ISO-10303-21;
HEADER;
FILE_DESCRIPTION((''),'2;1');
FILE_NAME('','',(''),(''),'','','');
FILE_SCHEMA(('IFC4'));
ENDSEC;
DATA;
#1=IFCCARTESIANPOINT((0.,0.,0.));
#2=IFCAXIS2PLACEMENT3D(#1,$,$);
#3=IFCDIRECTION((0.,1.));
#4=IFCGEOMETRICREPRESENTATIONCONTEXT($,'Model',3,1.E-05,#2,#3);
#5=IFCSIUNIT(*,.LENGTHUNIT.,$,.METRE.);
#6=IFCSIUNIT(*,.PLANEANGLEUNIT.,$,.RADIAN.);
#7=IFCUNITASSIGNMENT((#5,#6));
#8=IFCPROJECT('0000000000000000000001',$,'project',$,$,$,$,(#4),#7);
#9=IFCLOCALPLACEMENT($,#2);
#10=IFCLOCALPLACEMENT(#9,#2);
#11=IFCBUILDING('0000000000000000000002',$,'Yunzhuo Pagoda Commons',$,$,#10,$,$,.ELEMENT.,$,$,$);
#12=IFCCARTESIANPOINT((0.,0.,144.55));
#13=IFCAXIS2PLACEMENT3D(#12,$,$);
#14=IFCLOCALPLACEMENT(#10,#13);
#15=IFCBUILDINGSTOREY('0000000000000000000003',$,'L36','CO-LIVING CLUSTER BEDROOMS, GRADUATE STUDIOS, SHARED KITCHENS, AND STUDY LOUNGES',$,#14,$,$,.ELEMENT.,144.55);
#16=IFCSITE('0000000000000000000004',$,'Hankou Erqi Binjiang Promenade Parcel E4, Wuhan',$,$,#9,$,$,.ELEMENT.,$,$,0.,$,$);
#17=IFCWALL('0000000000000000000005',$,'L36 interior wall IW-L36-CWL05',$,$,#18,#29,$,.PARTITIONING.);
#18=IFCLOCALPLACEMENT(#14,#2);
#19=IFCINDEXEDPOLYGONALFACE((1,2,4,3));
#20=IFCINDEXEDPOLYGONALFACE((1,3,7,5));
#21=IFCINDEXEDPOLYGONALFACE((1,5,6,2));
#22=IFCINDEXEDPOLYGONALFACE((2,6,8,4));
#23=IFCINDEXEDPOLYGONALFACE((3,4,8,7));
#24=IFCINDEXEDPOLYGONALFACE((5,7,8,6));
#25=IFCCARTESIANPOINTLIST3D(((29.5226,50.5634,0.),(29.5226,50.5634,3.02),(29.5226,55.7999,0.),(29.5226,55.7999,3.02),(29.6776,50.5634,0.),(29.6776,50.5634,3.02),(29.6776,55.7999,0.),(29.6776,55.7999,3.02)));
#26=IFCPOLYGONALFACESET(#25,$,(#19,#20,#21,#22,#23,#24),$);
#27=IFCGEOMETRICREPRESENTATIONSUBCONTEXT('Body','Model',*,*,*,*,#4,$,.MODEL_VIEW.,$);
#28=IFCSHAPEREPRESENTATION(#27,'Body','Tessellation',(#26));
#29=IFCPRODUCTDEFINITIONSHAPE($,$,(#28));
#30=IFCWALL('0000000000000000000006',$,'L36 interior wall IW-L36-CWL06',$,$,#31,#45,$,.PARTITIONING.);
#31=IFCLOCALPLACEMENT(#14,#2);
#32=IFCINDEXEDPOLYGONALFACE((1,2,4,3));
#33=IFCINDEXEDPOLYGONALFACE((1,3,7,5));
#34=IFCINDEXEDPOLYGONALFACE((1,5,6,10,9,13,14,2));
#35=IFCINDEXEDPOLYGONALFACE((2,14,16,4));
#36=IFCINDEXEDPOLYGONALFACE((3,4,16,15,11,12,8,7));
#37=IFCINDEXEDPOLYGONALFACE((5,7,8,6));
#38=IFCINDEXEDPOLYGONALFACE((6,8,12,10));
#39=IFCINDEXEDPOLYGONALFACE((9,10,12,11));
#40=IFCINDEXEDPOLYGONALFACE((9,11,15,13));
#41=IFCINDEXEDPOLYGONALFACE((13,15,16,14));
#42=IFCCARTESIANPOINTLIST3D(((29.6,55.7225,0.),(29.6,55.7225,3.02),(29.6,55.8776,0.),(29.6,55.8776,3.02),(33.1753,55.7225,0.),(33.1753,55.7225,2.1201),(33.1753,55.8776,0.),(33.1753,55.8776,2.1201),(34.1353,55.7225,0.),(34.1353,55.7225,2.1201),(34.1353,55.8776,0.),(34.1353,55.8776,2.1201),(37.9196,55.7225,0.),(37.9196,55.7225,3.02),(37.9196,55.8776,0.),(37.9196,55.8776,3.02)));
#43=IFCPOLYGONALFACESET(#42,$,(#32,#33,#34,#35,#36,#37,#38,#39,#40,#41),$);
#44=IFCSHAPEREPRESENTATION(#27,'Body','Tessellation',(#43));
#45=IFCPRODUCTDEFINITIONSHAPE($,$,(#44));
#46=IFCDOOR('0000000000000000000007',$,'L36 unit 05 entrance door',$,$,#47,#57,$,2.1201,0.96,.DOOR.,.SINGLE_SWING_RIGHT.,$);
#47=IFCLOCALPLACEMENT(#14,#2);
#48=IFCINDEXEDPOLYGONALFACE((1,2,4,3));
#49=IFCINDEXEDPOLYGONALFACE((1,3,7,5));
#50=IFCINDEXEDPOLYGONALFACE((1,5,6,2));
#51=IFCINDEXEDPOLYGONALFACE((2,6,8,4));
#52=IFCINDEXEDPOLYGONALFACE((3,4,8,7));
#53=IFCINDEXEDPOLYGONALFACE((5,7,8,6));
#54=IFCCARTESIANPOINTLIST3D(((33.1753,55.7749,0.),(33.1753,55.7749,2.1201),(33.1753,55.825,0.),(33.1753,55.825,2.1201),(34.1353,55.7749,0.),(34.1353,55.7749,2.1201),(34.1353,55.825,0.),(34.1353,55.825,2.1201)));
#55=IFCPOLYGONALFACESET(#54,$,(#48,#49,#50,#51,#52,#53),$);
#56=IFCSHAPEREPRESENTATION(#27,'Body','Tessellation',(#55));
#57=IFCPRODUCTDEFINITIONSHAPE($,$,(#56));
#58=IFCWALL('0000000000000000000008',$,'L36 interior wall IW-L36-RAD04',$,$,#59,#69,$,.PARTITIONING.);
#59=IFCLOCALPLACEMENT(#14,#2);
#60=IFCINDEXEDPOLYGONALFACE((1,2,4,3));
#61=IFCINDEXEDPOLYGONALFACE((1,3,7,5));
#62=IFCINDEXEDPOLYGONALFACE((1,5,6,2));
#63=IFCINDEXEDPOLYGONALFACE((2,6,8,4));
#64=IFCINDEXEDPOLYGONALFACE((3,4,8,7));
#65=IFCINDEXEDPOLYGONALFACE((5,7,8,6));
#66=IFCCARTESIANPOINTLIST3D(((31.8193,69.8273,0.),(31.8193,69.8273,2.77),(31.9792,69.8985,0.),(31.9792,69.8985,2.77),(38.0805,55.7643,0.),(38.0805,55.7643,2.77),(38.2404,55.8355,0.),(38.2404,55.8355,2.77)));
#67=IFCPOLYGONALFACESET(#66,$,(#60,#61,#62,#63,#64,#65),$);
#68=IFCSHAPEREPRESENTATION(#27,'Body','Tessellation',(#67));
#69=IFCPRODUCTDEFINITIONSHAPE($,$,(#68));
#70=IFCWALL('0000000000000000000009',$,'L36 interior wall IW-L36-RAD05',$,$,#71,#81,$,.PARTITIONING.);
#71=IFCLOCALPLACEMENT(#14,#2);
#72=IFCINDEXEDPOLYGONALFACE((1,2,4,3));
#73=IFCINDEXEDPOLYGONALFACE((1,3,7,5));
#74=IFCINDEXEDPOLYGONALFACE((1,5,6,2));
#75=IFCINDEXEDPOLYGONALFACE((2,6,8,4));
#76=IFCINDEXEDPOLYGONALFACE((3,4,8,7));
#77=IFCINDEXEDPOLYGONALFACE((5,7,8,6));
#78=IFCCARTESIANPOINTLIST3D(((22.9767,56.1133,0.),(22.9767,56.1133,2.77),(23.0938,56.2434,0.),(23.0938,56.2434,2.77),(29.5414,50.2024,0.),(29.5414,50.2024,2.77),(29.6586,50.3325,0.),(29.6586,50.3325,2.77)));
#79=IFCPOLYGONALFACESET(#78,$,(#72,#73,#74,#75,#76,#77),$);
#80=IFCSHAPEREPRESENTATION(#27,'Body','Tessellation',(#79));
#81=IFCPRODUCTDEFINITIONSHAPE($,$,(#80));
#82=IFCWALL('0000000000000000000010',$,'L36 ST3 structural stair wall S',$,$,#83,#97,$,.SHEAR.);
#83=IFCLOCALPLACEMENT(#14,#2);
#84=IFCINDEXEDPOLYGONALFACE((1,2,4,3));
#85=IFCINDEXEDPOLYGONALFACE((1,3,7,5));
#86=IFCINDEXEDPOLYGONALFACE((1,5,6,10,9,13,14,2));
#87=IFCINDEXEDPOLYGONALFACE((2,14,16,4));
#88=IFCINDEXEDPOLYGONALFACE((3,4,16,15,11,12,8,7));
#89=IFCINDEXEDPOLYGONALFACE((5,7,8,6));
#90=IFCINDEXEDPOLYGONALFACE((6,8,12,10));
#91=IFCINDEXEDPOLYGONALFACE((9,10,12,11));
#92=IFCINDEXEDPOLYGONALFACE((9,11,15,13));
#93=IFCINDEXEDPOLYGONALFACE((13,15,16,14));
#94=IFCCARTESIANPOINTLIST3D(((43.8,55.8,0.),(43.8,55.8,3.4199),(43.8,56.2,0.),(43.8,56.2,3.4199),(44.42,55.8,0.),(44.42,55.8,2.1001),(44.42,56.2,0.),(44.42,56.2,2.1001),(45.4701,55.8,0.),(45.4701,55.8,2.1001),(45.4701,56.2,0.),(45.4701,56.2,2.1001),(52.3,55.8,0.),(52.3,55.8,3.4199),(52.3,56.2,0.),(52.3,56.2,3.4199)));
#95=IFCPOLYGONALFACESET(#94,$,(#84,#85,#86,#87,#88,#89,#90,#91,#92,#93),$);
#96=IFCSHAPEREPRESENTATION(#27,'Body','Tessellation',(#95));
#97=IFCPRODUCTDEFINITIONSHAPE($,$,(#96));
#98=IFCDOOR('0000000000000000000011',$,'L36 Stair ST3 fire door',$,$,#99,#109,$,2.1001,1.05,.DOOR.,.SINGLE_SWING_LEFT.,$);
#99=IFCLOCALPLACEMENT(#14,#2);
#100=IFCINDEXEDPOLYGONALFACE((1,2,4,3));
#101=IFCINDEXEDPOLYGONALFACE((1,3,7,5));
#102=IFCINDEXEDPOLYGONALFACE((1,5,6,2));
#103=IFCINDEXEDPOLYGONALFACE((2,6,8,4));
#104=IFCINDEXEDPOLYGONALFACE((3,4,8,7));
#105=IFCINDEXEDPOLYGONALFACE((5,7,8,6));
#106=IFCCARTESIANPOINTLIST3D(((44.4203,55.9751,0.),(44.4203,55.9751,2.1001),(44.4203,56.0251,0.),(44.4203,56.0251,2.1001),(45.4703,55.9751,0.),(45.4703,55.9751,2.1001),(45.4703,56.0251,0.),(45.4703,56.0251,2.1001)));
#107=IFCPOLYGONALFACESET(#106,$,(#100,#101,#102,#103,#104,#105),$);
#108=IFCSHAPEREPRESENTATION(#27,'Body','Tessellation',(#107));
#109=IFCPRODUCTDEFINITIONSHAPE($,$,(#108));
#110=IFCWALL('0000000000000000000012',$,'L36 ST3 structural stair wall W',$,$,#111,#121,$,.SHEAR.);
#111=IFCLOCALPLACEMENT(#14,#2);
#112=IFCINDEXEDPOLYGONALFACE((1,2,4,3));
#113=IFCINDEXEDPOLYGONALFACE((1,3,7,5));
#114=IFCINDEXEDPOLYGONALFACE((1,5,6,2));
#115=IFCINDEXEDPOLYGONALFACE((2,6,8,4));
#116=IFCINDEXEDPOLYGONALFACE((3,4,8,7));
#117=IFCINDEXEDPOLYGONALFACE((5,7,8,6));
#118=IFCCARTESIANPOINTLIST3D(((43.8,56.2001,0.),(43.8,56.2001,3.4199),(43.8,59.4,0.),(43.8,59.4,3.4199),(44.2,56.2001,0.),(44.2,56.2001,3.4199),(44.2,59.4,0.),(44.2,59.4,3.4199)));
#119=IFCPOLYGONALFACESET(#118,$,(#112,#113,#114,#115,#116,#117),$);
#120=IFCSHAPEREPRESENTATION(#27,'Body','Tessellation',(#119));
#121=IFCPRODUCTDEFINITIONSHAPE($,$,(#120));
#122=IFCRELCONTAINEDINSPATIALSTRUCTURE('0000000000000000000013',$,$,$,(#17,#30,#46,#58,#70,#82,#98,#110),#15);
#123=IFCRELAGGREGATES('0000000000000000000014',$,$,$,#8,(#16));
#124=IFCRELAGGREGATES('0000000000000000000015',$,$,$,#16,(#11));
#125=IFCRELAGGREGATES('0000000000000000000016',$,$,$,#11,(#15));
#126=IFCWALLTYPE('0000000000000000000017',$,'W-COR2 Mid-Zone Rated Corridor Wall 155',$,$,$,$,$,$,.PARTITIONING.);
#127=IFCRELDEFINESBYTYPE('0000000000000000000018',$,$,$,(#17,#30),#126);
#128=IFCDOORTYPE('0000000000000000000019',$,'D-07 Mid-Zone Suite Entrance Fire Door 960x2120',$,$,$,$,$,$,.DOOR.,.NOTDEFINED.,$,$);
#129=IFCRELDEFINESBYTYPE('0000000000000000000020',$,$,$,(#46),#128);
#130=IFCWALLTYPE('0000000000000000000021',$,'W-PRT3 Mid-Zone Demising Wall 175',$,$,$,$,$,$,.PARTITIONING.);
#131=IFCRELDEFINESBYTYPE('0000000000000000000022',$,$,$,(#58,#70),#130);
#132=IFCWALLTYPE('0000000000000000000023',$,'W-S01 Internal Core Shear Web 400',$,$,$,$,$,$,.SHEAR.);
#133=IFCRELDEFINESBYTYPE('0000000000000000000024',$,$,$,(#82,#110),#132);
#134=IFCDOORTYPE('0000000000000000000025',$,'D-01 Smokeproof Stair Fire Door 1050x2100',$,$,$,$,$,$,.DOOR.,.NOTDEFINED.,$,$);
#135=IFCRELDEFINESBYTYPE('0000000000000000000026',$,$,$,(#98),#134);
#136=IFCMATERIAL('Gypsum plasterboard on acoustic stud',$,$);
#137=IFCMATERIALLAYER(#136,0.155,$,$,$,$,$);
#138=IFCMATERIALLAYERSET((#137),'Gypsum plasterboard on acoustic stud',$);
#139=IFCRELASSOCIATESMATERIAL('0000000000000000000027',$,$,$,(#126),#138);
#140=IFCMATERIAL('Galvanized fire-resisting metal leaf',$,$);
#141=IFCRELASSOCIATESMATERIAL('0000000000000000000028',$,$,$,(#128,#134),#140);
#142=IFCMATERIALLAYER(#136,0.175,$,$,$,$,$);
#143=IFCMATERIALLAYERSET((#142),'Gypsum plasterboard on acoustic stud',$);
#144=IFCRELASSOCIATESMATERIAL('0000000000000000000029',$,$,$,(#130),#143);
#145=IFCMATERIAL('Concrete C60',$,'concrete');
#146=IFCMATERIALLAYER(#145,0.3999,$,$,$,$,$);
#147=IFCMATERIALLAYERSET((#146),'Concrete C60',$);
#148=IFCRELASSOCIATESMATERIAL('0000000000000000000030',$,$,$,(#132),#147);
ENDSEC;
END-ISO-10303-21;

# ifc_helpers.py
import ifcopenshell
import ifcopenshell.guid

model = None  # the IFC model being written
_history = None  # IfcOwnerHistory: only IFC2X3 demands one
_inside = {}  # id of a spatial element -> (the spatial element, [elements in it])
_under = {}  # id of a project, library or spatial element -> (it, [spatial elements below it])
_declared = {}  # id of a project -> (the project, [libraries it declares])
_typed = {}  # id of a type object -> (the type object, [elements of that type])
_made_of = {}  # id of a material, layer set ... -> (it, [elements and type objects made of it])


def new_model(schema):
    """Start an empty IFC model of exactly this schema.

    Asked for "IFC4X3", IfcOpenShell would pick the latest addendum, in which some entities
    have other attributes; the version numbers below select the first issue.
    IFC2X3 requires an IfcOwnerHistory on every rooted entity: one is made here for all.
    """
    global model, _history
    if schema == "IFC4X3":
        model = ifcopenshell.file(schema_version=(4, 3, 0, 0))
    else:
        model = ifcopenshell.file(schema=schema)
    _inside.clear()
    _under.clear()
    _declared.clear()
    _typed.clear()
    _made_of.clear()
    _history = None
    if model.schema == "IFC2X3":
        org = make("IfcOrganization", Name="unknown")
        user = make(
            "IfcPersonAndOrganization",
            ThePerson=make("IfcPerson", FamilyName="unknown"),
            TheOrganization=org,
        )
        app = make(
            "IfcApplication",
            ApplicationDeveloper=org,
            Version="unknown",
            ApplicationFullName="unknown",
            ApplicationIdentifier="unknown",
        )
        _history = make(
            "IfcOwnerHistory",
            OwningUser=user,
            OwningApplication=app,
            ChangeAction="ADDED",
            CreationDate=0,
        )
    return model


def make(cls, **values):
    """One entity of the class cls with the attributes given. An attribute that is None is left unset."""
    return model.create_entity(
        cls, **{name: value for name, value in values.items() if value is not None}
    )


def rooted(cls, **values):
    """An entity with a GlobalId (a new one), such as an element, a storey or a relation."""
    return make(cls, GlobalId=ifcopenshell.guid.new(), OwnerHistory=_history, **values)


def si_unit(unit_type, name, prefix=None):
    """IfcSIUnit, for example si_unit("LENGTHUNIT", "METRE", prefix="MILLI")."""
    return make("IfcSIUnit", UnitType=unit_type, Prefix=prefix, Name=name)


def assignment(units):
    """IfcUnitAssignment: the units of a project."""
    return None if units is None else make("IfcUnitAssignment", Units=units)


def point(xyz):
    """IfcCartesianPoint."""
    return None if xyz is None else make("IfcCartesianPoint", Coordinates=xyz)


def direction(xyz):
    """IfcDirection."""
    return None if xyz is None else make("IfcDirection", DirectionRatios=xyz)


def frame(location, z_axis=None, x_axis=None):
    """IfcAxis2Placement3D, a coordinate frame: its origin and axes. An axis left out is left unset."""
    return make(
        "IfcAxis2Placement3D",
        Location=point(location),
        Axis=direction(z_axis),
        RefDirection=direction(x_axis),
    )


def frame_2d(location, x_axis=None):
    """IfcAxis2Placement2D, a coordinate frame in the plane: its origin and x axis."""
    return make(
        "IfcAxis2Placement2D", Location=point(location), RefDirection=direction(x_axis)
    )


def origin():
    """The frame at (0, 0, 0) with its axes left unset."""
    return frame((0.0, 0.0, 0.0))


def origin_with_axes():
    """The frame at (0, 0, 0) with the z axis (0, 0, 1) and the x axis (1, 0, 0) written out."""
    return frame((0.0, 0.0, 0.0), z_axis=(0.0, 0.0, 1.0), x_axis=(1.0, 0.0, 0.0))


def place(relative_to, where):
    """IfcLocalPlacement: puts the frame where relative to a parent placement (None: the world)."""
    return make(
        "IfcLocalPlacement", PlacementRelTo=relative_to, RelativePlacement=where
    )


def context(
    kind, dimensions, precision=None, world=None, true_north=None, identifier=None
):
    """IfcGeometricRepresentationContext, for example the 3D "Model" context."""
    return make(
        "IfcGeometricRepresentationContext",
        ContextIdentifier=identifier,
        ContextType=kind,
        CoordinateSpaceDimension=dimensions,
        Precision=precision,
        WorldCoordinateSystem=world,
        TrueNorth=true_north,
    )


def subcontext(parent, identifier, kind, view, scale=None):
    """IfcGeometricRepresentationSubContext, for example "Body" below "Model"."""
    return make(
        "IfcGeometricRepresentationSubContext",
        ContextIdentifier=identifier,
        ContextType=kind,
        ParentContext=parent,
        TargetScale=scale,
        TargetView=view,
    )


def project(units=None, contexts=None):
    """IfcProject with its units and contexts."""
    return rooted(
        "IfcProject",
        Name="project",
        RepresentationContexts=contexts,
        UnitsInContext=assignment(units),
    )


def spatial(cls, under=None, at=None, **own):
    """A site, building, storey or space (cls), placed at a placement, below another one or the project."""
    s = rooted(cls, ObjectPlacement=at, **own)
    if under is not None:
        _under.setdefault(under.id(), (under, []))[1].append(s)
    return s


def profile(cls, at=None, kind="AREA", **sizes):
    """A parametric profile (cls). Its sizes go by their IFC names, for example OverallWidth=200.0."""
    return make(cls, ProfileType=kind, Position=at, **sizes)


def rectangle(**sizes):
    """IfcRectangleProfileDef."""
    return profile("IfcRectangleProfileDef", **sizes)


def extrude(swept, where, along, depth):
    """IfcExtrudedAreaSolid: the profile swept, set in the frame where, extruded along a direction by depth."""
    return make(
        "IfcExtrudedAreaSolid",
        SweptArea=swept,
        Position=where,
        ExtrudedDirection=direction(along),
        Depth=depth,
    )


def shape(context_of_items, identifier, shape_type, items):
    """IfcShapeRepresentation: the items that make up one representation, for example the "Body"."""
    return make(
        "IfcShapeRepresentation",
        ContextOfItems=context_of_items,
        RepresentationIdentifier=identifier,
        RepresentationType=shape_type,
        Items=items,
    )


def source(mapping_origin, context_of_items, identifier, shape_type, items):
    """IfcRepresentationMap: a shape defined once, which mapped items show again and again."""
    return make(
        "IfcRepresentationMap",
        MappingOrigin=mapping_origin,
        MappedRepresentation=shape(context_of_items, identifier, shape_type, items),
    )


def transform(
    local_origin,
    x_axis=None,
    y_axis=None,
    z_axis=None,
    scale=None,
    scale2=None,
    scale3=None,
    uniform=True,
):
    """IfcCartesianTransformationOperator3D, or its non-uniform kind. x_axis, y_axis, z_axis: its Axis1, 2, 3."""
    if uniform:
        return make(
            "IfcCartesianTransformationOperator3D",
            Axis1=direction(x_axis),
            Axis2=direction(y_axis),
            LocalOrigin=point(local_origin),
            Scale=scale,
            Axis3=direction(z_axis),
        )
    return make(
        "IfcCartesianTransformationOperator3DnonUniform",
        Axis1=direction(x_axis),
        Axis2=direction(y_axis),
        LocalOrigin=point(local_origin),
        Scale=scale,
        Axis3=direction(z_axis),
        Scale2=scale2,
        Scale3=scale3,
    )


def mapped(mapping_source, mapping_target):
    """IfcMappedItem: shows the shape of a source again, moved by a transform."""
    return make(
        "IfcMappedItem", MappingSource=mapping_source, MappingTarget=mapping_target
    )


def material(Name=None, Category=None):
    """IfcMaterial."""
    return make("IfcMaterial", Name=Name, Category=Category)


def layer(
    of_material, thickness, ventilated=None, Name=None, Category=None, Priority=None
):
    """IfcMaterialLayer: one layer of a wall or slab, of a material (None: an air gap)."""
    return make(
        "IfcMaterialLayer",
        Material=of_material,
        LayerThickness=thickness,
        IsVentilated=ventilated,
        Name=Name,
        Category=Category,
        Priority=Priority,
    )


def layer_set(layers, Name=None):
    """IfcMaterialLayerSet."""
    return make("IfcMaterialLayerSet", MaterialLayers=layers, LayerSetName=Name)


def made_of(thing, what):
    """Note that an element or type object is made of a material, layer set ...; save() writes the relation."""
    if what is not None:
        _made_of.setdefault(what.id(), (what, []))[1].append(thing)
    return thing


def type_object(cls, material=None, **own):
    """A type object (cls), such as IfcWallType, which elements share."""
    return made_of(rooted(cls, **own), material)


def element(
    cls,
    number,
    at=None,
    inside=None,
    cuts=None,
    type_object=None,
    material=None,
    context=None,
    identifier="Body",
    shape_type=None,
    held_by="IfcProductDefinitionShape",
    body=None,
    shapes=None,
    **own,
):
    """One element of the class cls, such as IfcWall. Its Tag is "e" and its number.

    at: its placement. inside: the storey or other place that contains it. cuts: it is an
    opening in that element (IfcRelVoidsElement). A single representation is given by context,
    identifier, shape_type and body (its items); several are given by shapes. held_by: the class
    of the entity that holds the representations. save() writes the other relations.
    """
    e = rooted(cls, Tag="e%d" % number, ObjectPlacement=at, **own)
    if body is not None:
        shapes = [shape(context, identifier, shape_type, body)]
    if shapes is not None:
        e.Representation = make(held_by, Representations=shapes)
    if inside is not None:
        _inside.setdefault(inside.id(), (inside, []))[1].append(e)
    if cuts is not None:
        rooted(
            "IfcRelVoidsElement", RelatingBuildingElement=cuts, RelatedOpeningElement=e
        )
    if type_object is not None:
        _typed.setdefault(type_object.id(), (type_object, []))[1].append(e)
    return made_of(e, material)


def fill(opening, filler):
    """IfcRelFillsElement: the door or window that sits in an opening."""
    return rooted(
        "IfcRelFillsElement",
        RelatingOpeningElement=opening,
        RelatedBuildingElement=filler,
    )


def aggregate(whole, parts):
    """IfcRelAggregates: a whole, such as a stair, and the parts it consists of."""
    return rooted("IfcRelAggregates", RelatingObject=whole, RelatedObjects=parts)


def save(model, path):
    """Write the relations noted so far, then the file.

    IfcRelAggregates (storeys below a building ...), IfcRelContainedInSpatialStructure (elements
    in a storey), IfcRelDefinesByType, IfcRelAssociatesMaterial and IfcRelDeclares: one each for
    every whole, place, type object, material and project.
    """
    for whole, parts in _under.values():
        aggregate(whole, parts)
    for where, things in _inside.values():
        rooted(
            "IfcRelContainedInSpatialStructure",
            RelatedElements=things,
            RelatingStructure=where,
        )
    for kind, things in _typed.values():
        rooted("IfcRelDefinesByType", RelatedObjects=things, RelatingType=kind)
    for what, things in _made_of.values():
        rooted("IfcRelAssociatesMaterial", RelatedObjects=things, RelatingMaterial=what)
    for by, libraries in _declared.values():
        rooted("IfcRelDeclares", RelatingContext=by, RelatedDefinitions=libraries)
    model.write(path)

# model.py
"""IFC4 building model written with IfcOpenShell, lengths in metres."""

from ifc_helpers import new_model, si_unit, direction, frame, frame_2d, origin, origin_with_axes, place, context, subcontext, project, spatial, rectangle, extrude, source, transform, mapped, material, layer, layer_set, type_object, element, fill, save


model = new_model("IFC4")

# Units and contexts
model_context = context("Model", 3, precision=1e-05, world=origin(), true_north=direction((0.0, 1.0)))
body_context = subcontext(model_context, "Body", "Model", "MODEL_VIEW")
ifc_project = project(units=[si_unit("LENGTHUNIT", "METRE"), si_unit("PLANEANGLEUNIT", "RADIAN")], contexts=[model_context])

# Site, building, storey
site_placement = place(None, origin())
site = spatial("IfcSite", under=ifc_project, at=site_placement, Name="Hankou Erqi Binjiang Promenade Parcel E4, Wuhan", CompositionType="ELEMENT", RefElevation=0.0)
building_placement = place(site_placement, origin())
building = spatial("IfcBuilding", under=site, at=building_placement, Name="Yunzhuo Pagoda Commons", CompositionType="ELEMENT")
storey_placement = place(building_placement, frame((0.0, 0.0, 144.55)))
storey = spatial("IfcBuildingStorey", under=building, at=storey_placement, Name="L36", Description="CO-LIVING CLUSTER BEDROOMS, GRADUATE STUDIOS, SHARED KITCHENS, AND STUDY LOUNGES", CompositionType="ELEMENT", Elevation=144.55)

# Shared definitions
ifc_material_1 = material(Name="Gypsum plasterboard on acoustic stud")
ifc_layer_1 = layer(ifc_material_1, 0.155)
ifc_layer_set_1 = layer_set([ifc_layer_1], Name="Gypsum plasterboard on acoustic stud")
wall_type_1 = type_object("IfcWallType", Name="W-COR2 Mid-Zone Rated Corridor Wall 155", PredefinedType="PARTITIONING", material=ifc_layer_set_1)

# Wall
wall_1_placement = place(storey_placement, frame((29.6001, 50.5635, 0.0), z_axis=(0.0, 0.0, 1.0), x_axis=(0.0, 1.0, 0.0)))
element("IfcWall", 1, at=wall_1_placement, inside=storey, type_object=wall_type_1, Name="L36 interior wall IW-L36-CWL05", PredefinedType="PARTITIONING", context=body_context, shape_type="SweptSolid", body=[
    extrude(rectangle(XDim=5.2366, YDim=0.155, at=frame_2d((2.6182, 0.0))), origin(), (0.0, 0.0, 1.0), 3.02),
])

# Wall, opening, door
wall_2_placement = place(storey_placement, frame((29.6001, 55.8, 0.0), z_axis=(0.0, 0.0, 1.0), x_axis=(1.0, 0.0, 0.0)))
wall_2 = element("IfcWall", 2, at=wall_2_placement, inside=storey, type_object=wall_type_1, Name="L36 interior wall IW-L36-CWL06", PredefinedType="PARTITIONING", context=body_context, shape_type="SweptSolid", body=[
    extrude(rectangle(XDim=8.3196, YDim=0.155, at=frame_2d((4.1597, 0.0))), origin(), (0.0, 0.0, 1.0), 3.02),
])
opening_1_placement = place(wall_2_placement, frame((3.5752, 0.0, 0.0)))
opening_1 = element("IfcOpeningElement", 3, at=opening_1_placement, cuts=wall_2, PredefinedType="OPENING", context=body_context, shape_type="SweptSolid", body=[
    extrude(rectangle(XDim=0.96, YDim=2.1201, at=frame_2d((0.48, 1.0601))), frame((0.0, 0.0874, 0.0), z_axis=(0.0, -1.0, 0.0), x_axis=(1.0, 0.0, 0.0)), (0.0, 0.0, 1.0), 0.175),
])
ifc_material_2 = material(Name="Galvanized fire-resisting metal leaf")
door_type_1 = type_object("IfcDoorType", Name="D-07 Mid-Zone Suite Entrance Fire Door 960x2120", OperationType="NOTDEFINED", PredefinedType="DOOR", material=ifc_material_2)
shared_shape_1 = source(origin(), body_context, "Body", "SweptSolid", [
    extrude(rectangle(XDim=0.96, YDim=2.1201, at=frame_2d((0.48, 1.0601))), frame((0.0, 0.0249, 0.0), z_axis=(0.0, -1.0, 0.0), x_axis=(1.0, 0.0, 0.0)), (0.0, 0.0, 1.0), 0.05),
])
door_1_placement = place(opening_1_placement, origin_with_axes())
door_1 = element("IfcDoor", 4, at=door_1_placement, inside=storey, type_object=door_type_1, Name="L36 unit 05 entrance door", OperationType="SINGLE_SWING_RIGHT", OverallHeight=2.1201, OverallWidth=0.96, PredefinedType="DOOR", context=body_context, shape_type="MappedRepresentation", body=[
    mapped(shared_shape_1, transform((0.0, 0.0, 0.0), scale=1.0)),
])
fill(opening_1, door_1)

# Walls
ifc_layer_2 = layer(ifc_material_1, 0.175)
ifc_layer_set_2 = layer_set([ifc_layer_2], Name="Gypsum plasterboard on acoustic stud")
wall_type_2 = type_object("IfcWallType", Name="W-PRT3 Mid-Zone Demising Wall 175", PredefinedType="PARTITIONING", material=ifc_layer_set_2)
wall_3_placement = place(storey_placement, frame((38.1604, 55.8, 0.0), z_axis=(0.0, 0.0, 1.0), x_axis=(-0.406736, 0.913546, 0.0)))
element("IfcWall", 5, at=wall_3_placement, inside=storey, type_object=wall_type_2, Name="L36 interior wall IW-L36-RAD04", PredefinedType="PARTITIONING", context=body_context, shape_type="SweptSolid", body=[
    extrude(rectangle(XDim=15.3938, YDim=0.175, at=frame_2d((7.6968, 0.0))), origin(), (0.0, 0.0, 1.0), 2.77),
])
wall_4_placement = place(storey_placement, frame((29.6001, 50.2673, 0.0), z_axis=(0.0, 0.0, 1.0), x_axis=(-0.743144, 0.669131, 0.0)))
element("IfcWall", 6, at=wall_4_placement, inside=storey, type_object=wall_type_2, Name="L36 interior wall IW-L36-RAD05", PredefinedType="PARTITIONING", context=body_context, shape_type="SweptSolid", body=[
    extrude(rectangle(XDim=8.8337, YDim=0.175, at=frame_2d((4.417, 0.0))), origin(), (0.0, 0.0, 1.0), 2.77),
])

# Wall, opening, door
ifc_material_3 = material(Name="Concrete C60", Category="concrete")
ifc_layer_3 = layer(ifc_material_3, 0.3999)
ifc_layer_set_3 = layer_set([ifc_layer_3], Name="Concrete C60")
wall_type_3 = type_object("IfcWallType", Name="W-S01 Internal Core Shear Web 400", PredefinedType="SHEAR", material=ifc_layer_set_3)
wall_5_placement = place(storey_placement, frame((43.8, 56.0, 0.0), z_axis=(0.0, 0.0, 1.0), x_axis=(1.0, 0.0, 0.0)))
wall_5 = element("IfcWall", 7, at=wall_5_placement, inside=storey, type_object=wall_type_3, Name="L36 ST3 structural stair wall S", PredefinedType="SHEAR", context=body_context, shape_type="SweptSolid", body=[
    extrude(rectangle(XDim=8.5, YDim=0.3999, at=frame_2d((4.25, 0.0))), origin(), (0.0, 0.0, 1.0), 3.4199),
])
opening_2_placement = place(wall_5_placement, frame((0.6201, 0.0, 0.0)))
opening_2 = element("IfcOpeningElement", 8, at=opening_2_placement, cuts=wall_5, PredefinedType="OPENING", context=body_context, shape_type="SweptSolid", body=[
    extrude(rectangle(XDim=1.05, YDim=2.1001, at=frame_2d((0.5249, 1.05))), frame((0.0, 0.21, 0.0), z_axis=(0.0, -1.0, 0.0), x_axis=(1.0, 0.0, 0.0)), (0.0, 0.0, 1.0), 0.4199),
])
door_type_2 = type_object("IfcDoorType", Name="D-01 Smokeproof Stair Fire Door 1050x2100", OperationType="NOTDEFINED", PredefinedType="DOOR", material=ifc_material_2)
shared_shape_2 = source(origin(), body_context, "Body", "SweptSolid", [
    extrude(rectangle(XDim=1.05, YDim=2.1001, at=frame_2d((0.5249, 1.05))), frame((0.0, 0.0249, 0.0), z_axis=(0.0, -1.0, 0.0), x_axis=(1.0, 0.0, 0.0)), (0.0, 0.0, 1.0), 0.05),
])
door_2_placement = place(opening_2_placement, frame((1.05, 0.0, 0.0), z_axis=(0.0, 0.0, 1.0), x_axis=(-1.0, 0.0, 0.0)))
door_2 = element("IfcDoor", 9, at=door_2_placement, inside=storey, type_object=door_type_2, Name="L36 Stair ST3 fire door", OperationType="SINGLE_SWING_LEFT", OverallHeight=2.1001, OverallWidth=1.05, PredefinedType="DOOR", context=body_context, shape_type="MappedRepresentation", body=[
    mapped(shared_shape_2, transform((0.0, 0.0, 0.0), scale=1.0)),
])
fill(opening_2, door_2)

# Wall
wall_6_placement = place(storey_placement, frame((44.0, 56.2, 0.0), z_axis=(0.0, 0.0, 1.0), x_axis=(0.0, 1.0, 0.0)))
element("IfcWall", 10, at=wall_6_placement, inside=storey, type_object=wall_type_3, Name="L36 ST3 structural stair wall W", PredefinedType="SHEAR", context=body_context, shape_type="SweptSolid", body=[
    extrude(rectangle(XDim=3.2, YDim=0.3999, at=frame_2d((1.6001, 0.0))), origin(), (0.0, 0.0, 1.0), 3.4199),
])

save(model, "model.ifc")
